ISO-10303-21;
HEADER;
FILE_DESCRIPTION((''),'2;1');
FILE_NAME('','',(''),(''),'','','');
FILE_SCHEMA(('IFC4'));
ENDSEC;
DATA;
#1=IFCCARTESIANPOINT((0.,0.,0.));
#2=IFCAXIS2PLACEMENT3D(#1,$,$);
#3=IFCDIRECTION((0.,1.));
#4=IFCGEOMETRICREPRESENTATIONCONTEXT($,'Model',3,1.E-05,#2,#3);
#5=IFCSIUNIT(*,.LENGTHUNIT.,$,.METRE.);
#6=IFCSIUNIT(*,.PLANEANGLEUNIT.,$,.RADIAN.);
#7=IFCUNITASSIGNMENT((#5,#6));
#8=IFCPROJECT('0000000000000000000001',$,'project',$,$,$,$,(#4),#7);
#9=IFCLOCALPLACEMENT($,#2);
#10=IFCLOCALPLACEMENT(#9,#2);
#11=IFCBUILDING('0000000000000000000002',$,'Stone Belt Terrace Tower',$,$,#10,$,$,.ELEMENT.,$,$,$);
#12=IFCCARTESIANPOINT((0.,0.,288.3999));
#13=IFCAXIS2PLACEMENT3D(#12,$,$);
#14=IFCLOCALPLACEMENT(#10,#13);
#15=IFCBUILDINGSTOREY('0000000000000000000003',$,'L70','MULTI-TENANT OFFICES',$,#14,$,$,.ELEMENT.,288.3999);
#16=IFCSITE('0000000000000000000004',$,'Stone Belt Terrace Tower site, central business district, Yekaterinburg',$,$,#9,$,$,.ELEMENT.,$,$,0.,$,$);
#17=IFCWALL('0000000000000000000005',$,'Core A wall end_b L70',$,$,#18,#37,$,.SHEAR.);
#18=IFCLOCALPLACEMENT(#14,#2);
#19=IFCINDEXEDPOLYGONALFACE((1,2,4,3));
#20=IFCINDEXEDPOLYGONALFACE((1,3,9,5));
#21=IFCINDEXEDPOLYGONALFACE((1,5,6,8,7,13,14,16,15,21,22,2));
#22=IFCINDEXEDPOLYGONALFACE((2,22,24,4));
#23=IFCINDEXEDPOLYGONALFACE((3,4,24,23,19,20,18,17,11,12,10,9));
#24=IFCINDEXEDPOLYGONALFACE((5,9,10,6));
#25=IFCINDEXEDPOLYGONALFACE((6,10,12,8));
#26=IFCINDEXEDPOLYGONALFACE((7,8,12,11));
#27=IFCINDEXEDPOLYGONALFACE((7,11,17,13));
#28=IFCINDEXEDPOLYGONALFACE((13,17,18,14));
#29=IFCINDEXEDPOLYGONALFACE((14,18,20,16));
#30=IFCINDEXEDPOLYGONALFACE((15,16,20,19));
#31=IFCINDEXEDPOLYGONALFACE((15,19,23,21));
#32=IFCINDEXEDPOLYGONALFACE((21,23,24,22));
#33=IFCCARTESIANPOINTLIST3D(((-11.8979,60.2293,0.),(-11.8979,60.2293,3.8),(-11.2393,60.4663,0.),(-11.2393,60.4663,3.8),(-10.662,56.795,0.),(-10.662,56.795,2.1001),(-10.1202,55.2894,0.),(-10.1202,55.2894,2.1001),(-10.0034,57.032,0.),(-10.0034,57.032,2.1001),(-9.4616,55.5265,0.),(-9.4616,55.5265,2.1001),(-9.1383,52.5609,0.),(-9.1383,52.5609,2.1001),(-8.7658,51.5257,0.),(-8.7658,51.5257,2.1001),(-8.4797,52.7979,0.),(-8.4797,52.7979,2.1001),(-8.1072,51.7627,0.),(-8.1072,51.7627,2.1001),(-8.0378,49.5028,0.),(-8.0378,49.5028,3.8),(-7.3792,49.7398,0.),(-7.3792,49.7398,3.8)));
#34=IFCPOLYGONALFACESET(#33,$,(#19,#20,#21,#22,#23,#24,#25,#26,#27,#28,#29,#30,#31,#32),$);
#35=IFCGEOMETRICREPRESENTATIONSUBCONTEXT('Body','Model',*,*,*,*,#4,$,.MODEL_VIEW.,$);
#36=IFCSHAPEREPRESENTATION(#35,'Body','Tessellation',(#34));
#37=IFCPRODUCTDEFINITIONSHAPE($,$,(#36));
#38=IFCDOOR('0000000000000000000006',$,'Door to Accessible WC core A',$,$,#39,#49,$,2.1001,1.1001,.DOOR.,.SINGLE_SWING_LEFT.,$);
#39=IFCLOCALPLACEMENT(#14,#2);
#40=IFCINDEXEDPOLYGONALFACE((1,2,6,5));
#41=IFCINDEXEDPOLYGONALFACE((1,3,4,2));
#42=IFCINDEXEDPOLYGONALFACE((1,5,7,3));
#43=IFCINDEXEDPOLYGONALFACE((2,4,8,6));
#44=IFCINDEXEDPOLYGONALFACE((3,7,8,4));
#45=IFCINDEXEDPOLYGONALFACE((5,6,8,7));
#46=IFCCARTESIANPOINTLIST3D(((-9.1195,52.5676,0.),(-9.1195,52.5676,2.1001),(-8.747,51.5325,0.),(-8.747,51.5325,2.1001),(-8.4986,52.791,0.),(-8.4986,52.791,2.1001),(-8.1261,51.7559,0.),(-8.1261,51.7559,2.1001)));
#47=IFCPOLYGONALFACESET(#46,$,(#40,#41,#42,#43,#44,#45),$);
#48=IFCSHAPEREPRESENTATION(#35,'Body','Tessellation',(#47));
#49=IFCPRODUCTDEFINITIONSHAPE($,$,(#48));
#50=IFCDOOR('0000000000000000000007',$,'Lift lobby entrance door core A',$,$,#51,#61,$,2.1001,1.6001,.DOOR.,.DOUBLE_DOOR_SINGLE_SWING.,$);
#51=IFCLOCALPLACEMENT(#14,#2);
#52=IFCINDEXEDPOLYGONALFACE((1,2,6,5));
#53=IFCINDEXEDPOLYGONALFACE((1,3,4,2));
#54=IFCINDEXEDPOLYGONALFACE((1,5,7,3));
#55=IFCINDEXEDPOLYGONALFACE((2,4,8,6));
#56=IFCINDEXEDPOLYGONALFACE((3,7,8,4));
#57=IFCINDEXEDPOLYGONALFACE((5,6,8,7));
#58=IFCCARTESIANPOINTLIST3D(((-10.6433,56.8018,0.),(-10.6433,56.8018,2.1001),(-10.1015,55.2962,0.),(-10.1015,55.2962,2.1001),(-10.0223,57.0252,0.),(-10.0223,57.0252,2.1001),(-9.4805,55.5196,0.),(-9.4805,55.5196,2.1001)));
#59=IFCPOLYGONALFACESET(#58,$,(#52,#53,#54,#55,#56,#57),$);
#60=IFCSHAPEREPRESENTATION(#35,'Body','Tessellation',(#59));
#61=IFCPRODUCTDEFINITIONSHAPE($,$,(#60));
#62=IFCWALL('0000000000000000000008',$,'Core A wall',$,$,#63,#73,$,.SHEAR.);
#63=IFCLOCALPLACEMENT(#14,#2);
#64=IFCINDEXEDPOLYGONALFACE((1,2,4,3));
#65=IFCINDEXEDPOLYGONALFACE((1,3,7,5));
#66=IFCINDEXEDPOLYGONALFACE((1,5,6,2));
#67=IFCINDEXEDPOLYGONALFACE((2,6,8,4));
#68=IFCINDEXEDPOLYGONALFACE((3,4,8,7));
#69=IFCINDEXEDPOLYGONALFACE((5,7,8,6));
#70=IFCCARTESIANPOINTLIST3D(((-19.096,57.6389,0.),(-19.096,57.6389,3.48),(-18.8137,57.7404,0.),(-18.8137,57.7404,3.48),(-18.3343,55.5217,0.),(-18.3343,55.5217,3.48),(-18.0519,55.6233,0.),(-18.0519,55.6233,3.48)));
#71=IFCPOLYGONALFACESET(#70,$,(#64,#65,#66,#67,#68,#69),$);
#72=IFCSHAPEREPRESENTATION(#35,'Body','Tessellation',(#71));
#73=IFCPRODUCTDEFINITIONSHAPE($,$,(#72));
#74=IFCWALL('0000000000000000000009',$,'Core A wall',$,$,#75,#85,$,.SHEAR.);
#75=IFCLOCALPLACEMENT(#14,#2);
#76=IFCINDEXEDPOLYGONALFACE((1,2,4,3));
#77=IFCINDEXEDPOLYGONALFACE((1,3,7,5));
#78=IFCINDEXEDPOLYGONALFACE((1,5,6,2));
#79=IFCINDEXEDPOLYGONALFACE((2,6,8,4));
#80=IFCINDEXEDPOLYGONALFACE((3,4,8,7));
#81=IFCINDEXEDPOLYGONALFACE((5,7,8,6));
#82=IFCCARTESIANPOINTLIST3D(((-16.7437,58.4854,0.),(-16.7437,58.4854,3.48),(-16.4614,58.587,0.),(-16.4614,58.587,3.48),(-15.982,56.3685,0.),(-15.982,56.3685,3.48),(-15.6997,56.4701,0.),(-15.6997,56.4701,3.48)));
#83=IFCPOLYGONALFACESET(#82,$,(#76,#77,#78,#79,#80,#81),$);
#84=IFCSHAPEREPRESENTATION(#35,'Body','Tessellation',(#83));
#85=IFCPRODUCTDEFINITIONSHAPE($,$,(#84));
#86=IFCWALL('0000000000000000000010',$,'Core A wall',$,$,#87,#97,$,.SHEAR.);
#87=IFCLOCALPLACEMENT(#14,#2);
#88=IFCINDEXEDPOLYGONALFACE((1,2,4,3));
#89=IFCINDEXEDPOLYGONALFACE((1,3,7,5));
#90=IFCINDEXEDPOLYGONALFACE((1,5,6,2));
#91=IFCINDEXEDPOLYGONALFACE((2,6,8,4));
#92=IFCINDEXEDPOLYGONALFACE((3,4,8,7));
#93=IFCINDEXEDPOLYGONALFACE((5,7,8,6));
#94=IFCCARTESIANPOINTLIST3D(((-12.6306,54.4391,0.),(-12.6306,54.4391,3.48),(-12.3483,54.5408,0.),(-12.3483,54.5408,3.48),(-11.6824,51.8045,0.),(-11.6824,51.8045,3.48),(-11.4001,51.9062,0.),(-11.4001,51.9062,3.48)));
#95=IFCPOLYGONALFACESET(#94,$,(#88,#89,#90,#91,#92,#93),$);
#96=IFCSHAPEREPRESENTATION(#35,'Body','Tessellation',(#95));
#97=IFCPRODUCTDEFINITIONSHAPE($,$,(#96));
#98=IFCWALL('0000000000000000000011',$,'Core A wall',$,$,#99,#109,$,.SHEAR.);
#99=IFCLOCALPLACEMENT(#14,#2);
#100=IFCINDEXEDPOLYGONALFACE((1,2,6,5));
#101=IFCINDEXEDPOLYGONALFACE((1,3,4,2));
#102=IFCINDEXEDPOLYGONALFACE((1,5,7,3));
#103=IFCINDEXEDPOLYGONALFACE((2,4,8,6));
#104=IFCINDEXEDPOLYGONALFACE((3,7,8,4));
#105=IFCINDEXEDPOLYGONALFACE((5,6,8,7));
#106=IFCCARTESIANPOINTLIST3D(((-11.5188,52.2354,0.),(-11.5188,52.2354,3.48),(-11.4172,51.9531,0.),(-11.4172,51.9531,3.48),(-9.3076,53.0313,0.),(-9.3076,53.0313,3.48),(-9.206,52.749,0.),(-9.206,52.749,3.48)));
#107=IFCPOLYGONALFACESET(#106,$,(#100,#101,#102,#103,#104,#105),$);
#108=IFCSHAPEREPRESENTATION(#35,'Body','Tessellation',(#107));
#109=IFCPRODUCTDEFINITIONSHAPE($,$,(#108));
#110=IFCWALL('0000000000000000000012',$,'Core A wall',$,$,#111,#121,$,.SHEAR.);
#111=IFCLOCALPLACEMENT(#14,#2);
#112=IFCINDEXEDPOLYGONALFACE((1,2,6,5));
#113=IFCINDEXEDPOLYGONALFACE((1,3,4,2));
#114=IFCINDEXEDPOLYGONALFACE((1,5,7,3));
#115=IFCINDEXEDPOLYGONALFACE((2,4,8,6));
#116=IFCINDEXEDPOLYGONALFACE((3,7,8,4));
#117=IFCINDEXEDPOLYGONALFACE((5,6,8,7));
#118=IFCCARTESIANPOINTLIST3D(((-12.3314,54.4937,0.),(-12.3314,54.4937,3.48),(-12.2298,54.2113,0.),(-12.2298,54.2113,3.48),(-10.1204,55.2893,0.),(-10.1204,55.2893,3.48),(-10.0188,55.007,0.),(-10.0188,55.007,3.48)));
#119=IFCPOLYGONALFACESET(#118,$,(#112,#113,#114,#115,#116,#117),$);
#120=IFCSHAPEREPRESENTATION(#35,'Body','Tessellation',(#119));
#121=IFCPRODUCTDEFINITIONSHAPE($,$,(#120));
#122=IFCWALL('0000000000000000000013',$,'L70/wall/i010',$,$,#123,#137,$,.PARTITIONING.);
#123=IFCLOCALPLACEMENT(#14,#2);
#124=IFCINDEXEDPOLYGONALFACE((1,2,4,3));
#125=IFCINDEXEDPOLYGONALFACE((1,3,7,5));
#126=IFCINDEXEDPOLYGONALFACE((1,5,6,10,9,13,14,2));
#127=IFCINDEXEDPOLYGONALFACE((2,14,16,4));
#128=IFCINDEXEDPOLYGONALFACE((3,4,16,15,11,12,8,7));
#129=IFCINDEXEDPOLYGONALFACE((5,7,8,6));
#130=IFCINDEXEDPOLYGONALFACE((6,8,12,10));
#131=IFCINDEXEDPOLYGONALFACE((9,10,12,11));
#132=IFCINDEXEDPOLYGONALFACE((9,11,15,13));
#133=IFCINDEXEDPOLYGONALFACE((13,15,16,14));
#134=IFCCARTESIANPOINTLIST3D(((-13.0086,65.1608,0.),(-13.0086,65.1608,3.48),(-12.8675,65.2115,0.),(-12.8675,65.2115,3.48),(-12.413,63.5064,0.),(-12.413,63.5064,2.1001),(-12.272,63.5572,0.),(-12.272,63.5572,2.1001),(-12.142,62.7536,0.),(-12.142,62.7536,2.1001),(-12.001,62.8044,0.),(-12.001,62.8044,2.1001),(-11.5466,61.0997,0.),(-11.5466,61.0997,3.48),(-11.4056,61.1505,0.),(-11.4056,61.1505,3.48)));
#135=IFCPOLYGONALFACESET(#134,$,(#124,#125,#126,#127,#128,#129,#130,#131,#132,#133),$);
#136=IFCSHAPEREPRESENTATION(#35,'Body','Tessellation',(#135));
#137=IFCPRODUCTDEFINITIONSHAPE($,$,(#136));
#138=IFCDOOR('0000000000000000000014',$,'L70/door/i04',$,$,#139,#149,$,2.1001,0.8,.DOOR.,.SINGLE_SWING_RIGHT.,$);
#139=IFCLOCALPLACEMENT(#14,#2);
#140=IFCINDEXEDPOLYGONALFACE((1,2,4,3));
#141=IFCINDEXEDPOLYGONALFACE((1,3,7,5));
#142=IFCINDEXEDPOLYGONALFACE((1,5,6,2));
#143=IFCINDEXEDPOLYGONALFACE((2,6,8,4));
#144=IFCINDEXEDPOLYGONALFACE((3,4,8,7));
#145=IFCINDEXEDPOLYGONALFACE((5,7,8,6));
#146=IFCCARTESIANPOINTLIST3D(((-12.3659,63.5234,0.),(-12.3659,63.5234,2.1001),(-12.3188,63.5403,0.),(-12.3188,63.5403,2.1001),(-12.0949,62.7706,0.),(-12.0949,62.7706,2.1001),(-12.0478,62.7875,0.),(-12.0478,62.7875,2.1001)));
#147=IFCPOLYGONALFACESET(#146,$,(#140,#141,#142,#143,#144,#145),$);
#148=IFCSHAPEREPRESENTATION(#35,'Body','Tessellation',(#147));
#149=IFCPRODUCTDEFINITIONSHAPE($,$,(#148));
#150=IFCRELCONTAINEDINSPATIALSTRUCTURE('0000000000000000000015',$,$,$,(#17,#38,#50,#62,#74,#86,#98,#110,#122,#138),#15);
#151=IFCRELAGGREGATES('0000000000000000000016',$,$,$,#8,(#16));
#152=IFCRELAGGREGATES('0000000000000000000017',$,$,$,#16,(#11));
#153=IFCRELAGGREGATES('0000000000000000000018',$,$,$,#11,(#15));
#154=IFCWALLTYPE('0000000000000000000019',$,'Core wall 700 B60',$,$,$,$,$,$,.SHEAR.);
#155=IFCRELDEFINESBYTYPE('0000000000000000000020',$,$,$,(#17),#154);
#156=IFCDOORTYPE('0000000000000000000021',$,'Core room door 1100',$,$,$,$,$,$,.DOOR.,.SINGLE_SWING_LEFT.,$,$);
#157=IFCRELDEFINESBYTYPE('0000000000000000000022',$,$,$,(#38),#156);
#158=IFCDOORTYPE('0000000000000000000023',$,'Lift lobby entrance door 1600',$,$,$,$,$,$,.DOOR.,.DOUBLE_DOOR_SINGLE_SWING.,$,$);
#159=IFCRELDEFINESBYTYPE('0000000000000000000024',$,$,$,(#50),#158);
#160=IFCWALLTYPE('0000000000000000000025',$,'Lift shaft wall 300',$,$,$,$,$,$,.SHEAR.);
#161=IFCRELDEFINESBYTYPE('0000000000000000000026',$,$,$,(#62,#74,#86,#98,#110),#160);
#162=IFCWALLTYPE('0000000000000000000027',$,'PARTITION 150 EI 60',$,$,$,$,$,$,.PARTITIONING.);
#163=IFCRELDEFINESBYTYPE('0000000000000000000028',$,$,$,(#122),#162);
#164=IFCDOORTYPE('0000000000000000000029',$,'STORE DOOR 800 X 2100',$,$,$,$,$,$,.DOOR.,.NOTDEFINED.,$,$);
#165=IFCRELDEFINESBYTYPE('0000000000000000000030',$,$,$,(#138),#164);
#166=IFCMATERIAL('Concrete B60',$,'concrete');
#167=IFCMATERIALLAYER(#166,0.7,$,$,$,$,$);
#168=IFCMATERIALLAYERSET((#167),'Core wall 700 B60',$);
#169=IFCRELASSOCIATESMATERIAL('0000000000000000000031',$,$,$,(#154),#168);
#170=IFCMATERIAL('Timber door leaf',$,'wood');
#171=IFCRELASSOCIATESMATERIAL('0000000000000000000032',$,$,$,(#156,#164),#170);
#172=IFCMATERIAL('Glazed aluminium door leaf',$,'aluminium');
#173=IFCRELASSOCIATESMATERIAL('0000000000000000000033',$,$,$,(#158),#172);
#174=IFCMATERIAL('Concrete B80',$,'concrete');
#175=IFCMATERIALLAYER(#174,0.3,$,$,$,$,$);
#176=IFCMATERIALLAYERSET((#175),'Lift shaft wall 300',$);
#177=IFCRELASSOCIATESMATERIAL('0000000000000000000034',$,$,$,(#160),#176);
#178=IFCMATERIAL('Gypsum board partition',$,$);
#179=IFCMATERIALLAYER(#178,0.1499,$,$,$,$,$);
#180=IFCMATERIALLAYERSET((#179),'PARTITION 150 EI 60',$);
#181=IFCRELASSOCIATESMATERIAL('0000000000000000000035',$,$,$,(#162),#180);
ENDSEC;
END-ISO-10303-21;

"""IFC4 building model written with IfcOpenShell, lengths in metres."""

from ifc_helpers import new_model, si_unit, direction, frame, frame_2d, origin, place, context, subcontext, project, spatial, rectangle, extrude, material, layer, layer_set, type_object, element, fill, save


model = new_model("IFC4")

# Units and contexts
model_context = context("Model", 3, precision=1e-05, world=origin(), true_north=direction((0.0, 1.0)))
body_context = subcontext(model_context, "Body", "Model", "MODEL_VIEW")
ifc_project = project(units=[si_unit("LENGTHUNIT", "METRE"), si_unit("PLANEANGLEUNIT", "RADIAN")], contexts=[model_context])

# Site, building, storey
site_placement = place(None, origin())
site = spatial("IfcSite", under=ifc_project, at=site_placement, Name="Stone Belt Terrace Tower site, central business district, Yekaterinburg", CompositionType="ELEMENT", RefElevation=0.0)
building_placement = place(site_placement, origin())
building = spatial("IfcBuilding", under=site, at=building_placement, Name="Stone Belt Terrace Tower", CompositionType="ELEMENT")
storey_placement = place(building_placement, frame((0.0, 0.0, 288.3999)))
storey = spatial("IfcBuildingStorey", under=building, at=storey_placement, Name="L70", Description="MULTI-TENANT OFFICES", CompositionType="ELEMENT", Elevation=288.3999)

# Shared definitions
ifc_material_1 = material(Name="Concrete B60", Category="concrete")

# Shared definitions
ifc_material_2 = material(Name="Timber door leaf", Category="wood")

# Wall, openings, doors
ifc_layer_1 = layer(ifc_material_1, 0.7)
ifc_layer_set_1 = layer_set([ifc_layer_1], Name="Core wall 700 B60")
wall_type_1 = type_object("IfcWallType", Name="Core wall 700 B60", PredefinedType="SHEAR", material=ifc_layer_set_1)
wall_1_placement = place(storey_placement, frame((-7.7085, 49.6213, 0.0), z_axis=(0.0, 0.0, 1.0), x_axis=(-0.338606, 0.940928, 0.0)))
wall_1 = element("IfcWall", 1, at=wall_1_placement, inside=storey, type_object=wall_type_1, Name="Core A wall end_b L70", PredefinedType="SHEAR", context=body_context, shape_type="SweptSolid", body=[
    extrude(rectangle(XDim=11.3999, YDim=0.7, at=frame_2d((5.7, 0.0))), origin(), (0.0, 0.0, 1.0), 3.8),
])
opening_1_placement = place(wall_1_placement, frame((6.1499, 0.0, 0.0)))
opening_1 = element("IfcOpeningElement", 2, at=opening_1_placement, cuts=wall_1, PredefinedType="OPENING", context=body_context, shape_type="SweptSolid", body=[
    extrude(rectangle(XDim=1.6001, YDim=2.1001, at=frame_2d((0.8, 1.05))), frame((0.0, 0.3599, 0.0), z_axis=(0.0, -1.0, 0.0), x_axis=(1.0, 0.0, 0.0)), (0.0, 0.0, 1.0), 0.72),
])
opening_2_placement = place(wall_1_placement, frame((2.1499, 0.0, 0.0)))
opening_2 = element("IfcOpeningElement", 3, at=opening_2_placement, cuts=wall_1, PredefinedType="OPENING", context=body_context, shape_type="SweptSolid", body=[
    extrude(rectangle(XDim=1.1001, YDim=2.1001, at=frame_2d((0.55, 1.05))), frame((0.0, 0.3599, 0.0), z_axis=(0.0, -1.0, 0.0), x_axis=(1.0, 0.0, 0.0)), (0.0, 0.0, 1.0), 0.72),
])
door_type_1 = type_object("IfcDoorType", Name="Core room door 1100", OperationType="SINGLE_SWING_LEFT", PredefinedType="DOOR", material=ifc_material_2)
door_1_placement = place(opening_2_placement, origin())
door_1 = element("IfcDoor", 4, at=door_1_placement, inside=storey, type_object=door_type_1, Name="Door to Accessible WC core A", OperationType="SINGLE_SWING_LEFT", OverallHeight=2.1001, OverallWidth=1.1001, PredefinedType="DOOR", context=body_context, shape_type="SweptSolid", body=[
    extrude(rectangle(XDim=1.1001, YDim=2.1001, at=frame_2d((0.55, 1.05))), frame((0.0, 0.3301, 0.0), z_axis=(0.0, -1.0, 0.0), x_axis=(1.0, 0.0, 0.0)), (0.0, 0.0, 1.0), 0.6599),
])
fill(opening_2, door_1)
ifc_material_3 = material(Name="Glazed aluminium door leaf", Category="aluminium")
door_type_2 = type_object("IfcDoorType", Name="Lift lobby entrance door 1600", OperationType="DOUBLE_DOOR_SINGLE_SWING", PredefinedType="DOOR", material=ifc_material_3)
door_2_placement = place(opening_1_placement, origin())
door_2 = element("IfcDoor", 5, at=door_2_placement, inside=storey, type_object=door_type_2, Name="Lift lobby entrance door core A", OperationType="DOUBLE_DOOR_SINGLE_SWING", OverallHeight=2.1001, OverallWidth=1.6001, PredefinedType="DOOR", context=body_context, shape_type="SweptSolid", body=[
    extrude(rectangle(XDim=1.6001, YDim=2.1001, at=frame_2d((0.8, 1.05))), frame((0.0, 0.3301, 0.0), z_axis=(0.0, -1.0, 0.0), x_axis=(1.0, 0.0, 0.0)), (0.0, 0.0, 1.0), 0.6599),
])
fill(opening_1, door_2)

# Walls
ifc_material_4 = material(Name="Concrete B80", Category="concrete")
ifc_layer_2 = layer(ifc_material_4, 0.3)
ifc_layer_set_2 = layer_set([ifc_layer_2], Name="Lift shaft wall 300")
wall_type_2 = type_object("IfcWallType", Name="Lift shaft wall 300", PredefinedType="SHEAR", material=ifc_layer_set_2)
wall_2_placement = place(storey_placement, frame((-18.1931, 55.5725, 0.0), z_axis=(0.0, 0.0, 1.0), x_axis=(-0.338535, 0.940954, 0.0)))
element("IfcWall", 6, at=wall_2_placement, inside=storey, type_object=wall_type_2, Name="Core A wall", PredefinedType="SHEAR", context=body_context, shape_type="SweptSolid", body=[
    extrude(rectangle(XDim=2.25, YDim=0.3, at=frame_2d((1.125, 0.0))), origin(), (0.0, 0.0, 1.0), 3.48),
])
wall_3_placement = place(storey_placement, frame((-15.8408, 56.4192, 0.0), z_axis=(0.0, 0.0, 1.0), x_axis=(-0.33857, 0.940941, 0.0)))
element("IfcWall", 7, at=wall_3_placement, inside=storey, type_object=wall_type_2, Name="Core A wall", PredefinedType="SHEAR", context=body_context, shape_type="SweptSolid", body=[
    extrude(rectangle(XDim=2.2498, YDim=0.3, at=frame_2d((1.125, 0.0))), origin(), (0.0, 0.0, 1.0), 3.48),
])
wall_4_placement = place(storey_placement, frame((-11.5413, 51.8555, 0.0), z_axis=(0.0, 0.0, 1.0), x_axis=(-0.338661, 0.940909, 0.0)))
element("IfcWall", 8, at=wall_4_placement, inside=storey, type_object=wall_type_2, Name="Core A wall", PredefinedType="SHEAR", context=body_context, shape_type="SweptSolid", body=[
    extrude(rectangle(XDim=2.8, YDim=0.3, at=frame_2d((1.3999, 0.0))), origin(), (0.0, 0.0, 1.0), 3.48),
])
wall_5_placement = place(storey_placement, frame((-11.468, 52.0942, 0.0), z_axis=(0.0, 0.0, 1.0), x_axis=(0.940905, 0.338672, 0.0)))
element("IfcWall", 9, at=wall_5_placement, inside=storey, type_object=wall_type_2, Name="Core A wall", PredefinedType="SHEAR", context=body_context, shape_type="SweptSolid", body=[
    extrude(rectangle(XDim=2.3501, YDim=0.3, at=frame_2d((1.175, 0.0))), origin(), (0.0, 0.0, 1.0), 3.48),
])
wall_6_placement = place(storey_placement, frame((-12.2805, 54.3525, 0.0), z_axis=(0.0, 0.0, 1.0), x_axis=(0.940926, 0.338613, 0.0)))
element("IfcWall", 10, at=wall_6_placement, inside=storey, type_object=wall_type_2, Name="Core A wall", PredefinedType="SHEAR", context=body_context, shape_type="SweptSolid", body=[
    extrude(rectangle(XDim=2.3499, YDim=0.3, at=frame_2d((1.1748, 0.0))), origin(), (0.0, 0.0, 1.0), 3.48),
])

# Wall, opening, door
ifc_material_5 = material(Name="Gypsum board partition")
ifc_layer_3 = layer(ifc_material_5, 0.1499)
ifc_layer_set_3 = layer_set([ifc_layer_3], Name="PARTITION 150 EI 60")
wall_type_3 = type_object("IfcWallType", Name="PARTITION 150 EI 60", PredefinedType="PARTITIONING", material=ifc_layer_set_3)
wall_7_placement = place(storey_placement, frame((-11.4761, 61.125, 0.0), z_axis=(0.0, 0.0, 1.0), x_axis=(-0.338707, 0.940892, 0.0)))
wall_7 = element("IfcWall", 11, at=wall_7_placement, inside=storey, type_object=wall_type_3, Name="L70/wall/i010", PredefinedType="PARTITIONING", context=body_context, shape_type="SweptSolid", body=[
    extrude(rectangle(XDim=4.3162, YDim=0.1499, at=frame_2d((2.1582, 0.0))), origin(), (0.0, 0.0, 1.0), 3.48),
])
opening_3_placement = place(wall_7_placement, frame((1.7581, 0.0, 0.0)))
opening_3 = element("IfcOpeningElement", 12, at=opening_3_placement, cuts=wall_7, PredefinedType="OPENING", context=body_context, shape_type="SweptSolid", body=[
    extrude(rectangle(XDim=0.8, YDim=2.1001, at=frame_2d((0.3999, 1.05))), frame((0.0, 0.085, 0.0), z_axis=(0.0, -1.0, 0.0), x_axis=(1.0, 0.0, 0.0)), (0.0, 0.0, 1.0), 0.1699),
])
door_type_3 = type_object("IfcDoorType", Name="STORE DOOR 800 X 2100", OperationType="NOTDEFINED", PredefinedType="DOOR", material=ifc_material_2)
door_3_placement = place(opening_3_placement, origin())
door_3 = element("IfcDoor", 13, at=door_3_placement, inside=storey, type_object=door_type_3, Name="L70/door/i04", OperationType="SINGLE_SWING_RIGHT", OverallHeight=2.1001, OverallWidth=0.8, PredefinedType="DOOR", context=body_context, shape_type="SweptSolid", body=[
    extrude(rectangle(XDim=0.8, YDim=2.1001, at=frame_2d((0.3999, 1.05))), frame((0.0, 0.0249, 0.0), z_axis=(0.0, -1.0, 0.0), x_axis=(1.0, 0.0, 0.0)), (0.0, 0.0, 1.0), 0.05),
])
fill(opening_3, door_3)

save(model, "model.ifc")
